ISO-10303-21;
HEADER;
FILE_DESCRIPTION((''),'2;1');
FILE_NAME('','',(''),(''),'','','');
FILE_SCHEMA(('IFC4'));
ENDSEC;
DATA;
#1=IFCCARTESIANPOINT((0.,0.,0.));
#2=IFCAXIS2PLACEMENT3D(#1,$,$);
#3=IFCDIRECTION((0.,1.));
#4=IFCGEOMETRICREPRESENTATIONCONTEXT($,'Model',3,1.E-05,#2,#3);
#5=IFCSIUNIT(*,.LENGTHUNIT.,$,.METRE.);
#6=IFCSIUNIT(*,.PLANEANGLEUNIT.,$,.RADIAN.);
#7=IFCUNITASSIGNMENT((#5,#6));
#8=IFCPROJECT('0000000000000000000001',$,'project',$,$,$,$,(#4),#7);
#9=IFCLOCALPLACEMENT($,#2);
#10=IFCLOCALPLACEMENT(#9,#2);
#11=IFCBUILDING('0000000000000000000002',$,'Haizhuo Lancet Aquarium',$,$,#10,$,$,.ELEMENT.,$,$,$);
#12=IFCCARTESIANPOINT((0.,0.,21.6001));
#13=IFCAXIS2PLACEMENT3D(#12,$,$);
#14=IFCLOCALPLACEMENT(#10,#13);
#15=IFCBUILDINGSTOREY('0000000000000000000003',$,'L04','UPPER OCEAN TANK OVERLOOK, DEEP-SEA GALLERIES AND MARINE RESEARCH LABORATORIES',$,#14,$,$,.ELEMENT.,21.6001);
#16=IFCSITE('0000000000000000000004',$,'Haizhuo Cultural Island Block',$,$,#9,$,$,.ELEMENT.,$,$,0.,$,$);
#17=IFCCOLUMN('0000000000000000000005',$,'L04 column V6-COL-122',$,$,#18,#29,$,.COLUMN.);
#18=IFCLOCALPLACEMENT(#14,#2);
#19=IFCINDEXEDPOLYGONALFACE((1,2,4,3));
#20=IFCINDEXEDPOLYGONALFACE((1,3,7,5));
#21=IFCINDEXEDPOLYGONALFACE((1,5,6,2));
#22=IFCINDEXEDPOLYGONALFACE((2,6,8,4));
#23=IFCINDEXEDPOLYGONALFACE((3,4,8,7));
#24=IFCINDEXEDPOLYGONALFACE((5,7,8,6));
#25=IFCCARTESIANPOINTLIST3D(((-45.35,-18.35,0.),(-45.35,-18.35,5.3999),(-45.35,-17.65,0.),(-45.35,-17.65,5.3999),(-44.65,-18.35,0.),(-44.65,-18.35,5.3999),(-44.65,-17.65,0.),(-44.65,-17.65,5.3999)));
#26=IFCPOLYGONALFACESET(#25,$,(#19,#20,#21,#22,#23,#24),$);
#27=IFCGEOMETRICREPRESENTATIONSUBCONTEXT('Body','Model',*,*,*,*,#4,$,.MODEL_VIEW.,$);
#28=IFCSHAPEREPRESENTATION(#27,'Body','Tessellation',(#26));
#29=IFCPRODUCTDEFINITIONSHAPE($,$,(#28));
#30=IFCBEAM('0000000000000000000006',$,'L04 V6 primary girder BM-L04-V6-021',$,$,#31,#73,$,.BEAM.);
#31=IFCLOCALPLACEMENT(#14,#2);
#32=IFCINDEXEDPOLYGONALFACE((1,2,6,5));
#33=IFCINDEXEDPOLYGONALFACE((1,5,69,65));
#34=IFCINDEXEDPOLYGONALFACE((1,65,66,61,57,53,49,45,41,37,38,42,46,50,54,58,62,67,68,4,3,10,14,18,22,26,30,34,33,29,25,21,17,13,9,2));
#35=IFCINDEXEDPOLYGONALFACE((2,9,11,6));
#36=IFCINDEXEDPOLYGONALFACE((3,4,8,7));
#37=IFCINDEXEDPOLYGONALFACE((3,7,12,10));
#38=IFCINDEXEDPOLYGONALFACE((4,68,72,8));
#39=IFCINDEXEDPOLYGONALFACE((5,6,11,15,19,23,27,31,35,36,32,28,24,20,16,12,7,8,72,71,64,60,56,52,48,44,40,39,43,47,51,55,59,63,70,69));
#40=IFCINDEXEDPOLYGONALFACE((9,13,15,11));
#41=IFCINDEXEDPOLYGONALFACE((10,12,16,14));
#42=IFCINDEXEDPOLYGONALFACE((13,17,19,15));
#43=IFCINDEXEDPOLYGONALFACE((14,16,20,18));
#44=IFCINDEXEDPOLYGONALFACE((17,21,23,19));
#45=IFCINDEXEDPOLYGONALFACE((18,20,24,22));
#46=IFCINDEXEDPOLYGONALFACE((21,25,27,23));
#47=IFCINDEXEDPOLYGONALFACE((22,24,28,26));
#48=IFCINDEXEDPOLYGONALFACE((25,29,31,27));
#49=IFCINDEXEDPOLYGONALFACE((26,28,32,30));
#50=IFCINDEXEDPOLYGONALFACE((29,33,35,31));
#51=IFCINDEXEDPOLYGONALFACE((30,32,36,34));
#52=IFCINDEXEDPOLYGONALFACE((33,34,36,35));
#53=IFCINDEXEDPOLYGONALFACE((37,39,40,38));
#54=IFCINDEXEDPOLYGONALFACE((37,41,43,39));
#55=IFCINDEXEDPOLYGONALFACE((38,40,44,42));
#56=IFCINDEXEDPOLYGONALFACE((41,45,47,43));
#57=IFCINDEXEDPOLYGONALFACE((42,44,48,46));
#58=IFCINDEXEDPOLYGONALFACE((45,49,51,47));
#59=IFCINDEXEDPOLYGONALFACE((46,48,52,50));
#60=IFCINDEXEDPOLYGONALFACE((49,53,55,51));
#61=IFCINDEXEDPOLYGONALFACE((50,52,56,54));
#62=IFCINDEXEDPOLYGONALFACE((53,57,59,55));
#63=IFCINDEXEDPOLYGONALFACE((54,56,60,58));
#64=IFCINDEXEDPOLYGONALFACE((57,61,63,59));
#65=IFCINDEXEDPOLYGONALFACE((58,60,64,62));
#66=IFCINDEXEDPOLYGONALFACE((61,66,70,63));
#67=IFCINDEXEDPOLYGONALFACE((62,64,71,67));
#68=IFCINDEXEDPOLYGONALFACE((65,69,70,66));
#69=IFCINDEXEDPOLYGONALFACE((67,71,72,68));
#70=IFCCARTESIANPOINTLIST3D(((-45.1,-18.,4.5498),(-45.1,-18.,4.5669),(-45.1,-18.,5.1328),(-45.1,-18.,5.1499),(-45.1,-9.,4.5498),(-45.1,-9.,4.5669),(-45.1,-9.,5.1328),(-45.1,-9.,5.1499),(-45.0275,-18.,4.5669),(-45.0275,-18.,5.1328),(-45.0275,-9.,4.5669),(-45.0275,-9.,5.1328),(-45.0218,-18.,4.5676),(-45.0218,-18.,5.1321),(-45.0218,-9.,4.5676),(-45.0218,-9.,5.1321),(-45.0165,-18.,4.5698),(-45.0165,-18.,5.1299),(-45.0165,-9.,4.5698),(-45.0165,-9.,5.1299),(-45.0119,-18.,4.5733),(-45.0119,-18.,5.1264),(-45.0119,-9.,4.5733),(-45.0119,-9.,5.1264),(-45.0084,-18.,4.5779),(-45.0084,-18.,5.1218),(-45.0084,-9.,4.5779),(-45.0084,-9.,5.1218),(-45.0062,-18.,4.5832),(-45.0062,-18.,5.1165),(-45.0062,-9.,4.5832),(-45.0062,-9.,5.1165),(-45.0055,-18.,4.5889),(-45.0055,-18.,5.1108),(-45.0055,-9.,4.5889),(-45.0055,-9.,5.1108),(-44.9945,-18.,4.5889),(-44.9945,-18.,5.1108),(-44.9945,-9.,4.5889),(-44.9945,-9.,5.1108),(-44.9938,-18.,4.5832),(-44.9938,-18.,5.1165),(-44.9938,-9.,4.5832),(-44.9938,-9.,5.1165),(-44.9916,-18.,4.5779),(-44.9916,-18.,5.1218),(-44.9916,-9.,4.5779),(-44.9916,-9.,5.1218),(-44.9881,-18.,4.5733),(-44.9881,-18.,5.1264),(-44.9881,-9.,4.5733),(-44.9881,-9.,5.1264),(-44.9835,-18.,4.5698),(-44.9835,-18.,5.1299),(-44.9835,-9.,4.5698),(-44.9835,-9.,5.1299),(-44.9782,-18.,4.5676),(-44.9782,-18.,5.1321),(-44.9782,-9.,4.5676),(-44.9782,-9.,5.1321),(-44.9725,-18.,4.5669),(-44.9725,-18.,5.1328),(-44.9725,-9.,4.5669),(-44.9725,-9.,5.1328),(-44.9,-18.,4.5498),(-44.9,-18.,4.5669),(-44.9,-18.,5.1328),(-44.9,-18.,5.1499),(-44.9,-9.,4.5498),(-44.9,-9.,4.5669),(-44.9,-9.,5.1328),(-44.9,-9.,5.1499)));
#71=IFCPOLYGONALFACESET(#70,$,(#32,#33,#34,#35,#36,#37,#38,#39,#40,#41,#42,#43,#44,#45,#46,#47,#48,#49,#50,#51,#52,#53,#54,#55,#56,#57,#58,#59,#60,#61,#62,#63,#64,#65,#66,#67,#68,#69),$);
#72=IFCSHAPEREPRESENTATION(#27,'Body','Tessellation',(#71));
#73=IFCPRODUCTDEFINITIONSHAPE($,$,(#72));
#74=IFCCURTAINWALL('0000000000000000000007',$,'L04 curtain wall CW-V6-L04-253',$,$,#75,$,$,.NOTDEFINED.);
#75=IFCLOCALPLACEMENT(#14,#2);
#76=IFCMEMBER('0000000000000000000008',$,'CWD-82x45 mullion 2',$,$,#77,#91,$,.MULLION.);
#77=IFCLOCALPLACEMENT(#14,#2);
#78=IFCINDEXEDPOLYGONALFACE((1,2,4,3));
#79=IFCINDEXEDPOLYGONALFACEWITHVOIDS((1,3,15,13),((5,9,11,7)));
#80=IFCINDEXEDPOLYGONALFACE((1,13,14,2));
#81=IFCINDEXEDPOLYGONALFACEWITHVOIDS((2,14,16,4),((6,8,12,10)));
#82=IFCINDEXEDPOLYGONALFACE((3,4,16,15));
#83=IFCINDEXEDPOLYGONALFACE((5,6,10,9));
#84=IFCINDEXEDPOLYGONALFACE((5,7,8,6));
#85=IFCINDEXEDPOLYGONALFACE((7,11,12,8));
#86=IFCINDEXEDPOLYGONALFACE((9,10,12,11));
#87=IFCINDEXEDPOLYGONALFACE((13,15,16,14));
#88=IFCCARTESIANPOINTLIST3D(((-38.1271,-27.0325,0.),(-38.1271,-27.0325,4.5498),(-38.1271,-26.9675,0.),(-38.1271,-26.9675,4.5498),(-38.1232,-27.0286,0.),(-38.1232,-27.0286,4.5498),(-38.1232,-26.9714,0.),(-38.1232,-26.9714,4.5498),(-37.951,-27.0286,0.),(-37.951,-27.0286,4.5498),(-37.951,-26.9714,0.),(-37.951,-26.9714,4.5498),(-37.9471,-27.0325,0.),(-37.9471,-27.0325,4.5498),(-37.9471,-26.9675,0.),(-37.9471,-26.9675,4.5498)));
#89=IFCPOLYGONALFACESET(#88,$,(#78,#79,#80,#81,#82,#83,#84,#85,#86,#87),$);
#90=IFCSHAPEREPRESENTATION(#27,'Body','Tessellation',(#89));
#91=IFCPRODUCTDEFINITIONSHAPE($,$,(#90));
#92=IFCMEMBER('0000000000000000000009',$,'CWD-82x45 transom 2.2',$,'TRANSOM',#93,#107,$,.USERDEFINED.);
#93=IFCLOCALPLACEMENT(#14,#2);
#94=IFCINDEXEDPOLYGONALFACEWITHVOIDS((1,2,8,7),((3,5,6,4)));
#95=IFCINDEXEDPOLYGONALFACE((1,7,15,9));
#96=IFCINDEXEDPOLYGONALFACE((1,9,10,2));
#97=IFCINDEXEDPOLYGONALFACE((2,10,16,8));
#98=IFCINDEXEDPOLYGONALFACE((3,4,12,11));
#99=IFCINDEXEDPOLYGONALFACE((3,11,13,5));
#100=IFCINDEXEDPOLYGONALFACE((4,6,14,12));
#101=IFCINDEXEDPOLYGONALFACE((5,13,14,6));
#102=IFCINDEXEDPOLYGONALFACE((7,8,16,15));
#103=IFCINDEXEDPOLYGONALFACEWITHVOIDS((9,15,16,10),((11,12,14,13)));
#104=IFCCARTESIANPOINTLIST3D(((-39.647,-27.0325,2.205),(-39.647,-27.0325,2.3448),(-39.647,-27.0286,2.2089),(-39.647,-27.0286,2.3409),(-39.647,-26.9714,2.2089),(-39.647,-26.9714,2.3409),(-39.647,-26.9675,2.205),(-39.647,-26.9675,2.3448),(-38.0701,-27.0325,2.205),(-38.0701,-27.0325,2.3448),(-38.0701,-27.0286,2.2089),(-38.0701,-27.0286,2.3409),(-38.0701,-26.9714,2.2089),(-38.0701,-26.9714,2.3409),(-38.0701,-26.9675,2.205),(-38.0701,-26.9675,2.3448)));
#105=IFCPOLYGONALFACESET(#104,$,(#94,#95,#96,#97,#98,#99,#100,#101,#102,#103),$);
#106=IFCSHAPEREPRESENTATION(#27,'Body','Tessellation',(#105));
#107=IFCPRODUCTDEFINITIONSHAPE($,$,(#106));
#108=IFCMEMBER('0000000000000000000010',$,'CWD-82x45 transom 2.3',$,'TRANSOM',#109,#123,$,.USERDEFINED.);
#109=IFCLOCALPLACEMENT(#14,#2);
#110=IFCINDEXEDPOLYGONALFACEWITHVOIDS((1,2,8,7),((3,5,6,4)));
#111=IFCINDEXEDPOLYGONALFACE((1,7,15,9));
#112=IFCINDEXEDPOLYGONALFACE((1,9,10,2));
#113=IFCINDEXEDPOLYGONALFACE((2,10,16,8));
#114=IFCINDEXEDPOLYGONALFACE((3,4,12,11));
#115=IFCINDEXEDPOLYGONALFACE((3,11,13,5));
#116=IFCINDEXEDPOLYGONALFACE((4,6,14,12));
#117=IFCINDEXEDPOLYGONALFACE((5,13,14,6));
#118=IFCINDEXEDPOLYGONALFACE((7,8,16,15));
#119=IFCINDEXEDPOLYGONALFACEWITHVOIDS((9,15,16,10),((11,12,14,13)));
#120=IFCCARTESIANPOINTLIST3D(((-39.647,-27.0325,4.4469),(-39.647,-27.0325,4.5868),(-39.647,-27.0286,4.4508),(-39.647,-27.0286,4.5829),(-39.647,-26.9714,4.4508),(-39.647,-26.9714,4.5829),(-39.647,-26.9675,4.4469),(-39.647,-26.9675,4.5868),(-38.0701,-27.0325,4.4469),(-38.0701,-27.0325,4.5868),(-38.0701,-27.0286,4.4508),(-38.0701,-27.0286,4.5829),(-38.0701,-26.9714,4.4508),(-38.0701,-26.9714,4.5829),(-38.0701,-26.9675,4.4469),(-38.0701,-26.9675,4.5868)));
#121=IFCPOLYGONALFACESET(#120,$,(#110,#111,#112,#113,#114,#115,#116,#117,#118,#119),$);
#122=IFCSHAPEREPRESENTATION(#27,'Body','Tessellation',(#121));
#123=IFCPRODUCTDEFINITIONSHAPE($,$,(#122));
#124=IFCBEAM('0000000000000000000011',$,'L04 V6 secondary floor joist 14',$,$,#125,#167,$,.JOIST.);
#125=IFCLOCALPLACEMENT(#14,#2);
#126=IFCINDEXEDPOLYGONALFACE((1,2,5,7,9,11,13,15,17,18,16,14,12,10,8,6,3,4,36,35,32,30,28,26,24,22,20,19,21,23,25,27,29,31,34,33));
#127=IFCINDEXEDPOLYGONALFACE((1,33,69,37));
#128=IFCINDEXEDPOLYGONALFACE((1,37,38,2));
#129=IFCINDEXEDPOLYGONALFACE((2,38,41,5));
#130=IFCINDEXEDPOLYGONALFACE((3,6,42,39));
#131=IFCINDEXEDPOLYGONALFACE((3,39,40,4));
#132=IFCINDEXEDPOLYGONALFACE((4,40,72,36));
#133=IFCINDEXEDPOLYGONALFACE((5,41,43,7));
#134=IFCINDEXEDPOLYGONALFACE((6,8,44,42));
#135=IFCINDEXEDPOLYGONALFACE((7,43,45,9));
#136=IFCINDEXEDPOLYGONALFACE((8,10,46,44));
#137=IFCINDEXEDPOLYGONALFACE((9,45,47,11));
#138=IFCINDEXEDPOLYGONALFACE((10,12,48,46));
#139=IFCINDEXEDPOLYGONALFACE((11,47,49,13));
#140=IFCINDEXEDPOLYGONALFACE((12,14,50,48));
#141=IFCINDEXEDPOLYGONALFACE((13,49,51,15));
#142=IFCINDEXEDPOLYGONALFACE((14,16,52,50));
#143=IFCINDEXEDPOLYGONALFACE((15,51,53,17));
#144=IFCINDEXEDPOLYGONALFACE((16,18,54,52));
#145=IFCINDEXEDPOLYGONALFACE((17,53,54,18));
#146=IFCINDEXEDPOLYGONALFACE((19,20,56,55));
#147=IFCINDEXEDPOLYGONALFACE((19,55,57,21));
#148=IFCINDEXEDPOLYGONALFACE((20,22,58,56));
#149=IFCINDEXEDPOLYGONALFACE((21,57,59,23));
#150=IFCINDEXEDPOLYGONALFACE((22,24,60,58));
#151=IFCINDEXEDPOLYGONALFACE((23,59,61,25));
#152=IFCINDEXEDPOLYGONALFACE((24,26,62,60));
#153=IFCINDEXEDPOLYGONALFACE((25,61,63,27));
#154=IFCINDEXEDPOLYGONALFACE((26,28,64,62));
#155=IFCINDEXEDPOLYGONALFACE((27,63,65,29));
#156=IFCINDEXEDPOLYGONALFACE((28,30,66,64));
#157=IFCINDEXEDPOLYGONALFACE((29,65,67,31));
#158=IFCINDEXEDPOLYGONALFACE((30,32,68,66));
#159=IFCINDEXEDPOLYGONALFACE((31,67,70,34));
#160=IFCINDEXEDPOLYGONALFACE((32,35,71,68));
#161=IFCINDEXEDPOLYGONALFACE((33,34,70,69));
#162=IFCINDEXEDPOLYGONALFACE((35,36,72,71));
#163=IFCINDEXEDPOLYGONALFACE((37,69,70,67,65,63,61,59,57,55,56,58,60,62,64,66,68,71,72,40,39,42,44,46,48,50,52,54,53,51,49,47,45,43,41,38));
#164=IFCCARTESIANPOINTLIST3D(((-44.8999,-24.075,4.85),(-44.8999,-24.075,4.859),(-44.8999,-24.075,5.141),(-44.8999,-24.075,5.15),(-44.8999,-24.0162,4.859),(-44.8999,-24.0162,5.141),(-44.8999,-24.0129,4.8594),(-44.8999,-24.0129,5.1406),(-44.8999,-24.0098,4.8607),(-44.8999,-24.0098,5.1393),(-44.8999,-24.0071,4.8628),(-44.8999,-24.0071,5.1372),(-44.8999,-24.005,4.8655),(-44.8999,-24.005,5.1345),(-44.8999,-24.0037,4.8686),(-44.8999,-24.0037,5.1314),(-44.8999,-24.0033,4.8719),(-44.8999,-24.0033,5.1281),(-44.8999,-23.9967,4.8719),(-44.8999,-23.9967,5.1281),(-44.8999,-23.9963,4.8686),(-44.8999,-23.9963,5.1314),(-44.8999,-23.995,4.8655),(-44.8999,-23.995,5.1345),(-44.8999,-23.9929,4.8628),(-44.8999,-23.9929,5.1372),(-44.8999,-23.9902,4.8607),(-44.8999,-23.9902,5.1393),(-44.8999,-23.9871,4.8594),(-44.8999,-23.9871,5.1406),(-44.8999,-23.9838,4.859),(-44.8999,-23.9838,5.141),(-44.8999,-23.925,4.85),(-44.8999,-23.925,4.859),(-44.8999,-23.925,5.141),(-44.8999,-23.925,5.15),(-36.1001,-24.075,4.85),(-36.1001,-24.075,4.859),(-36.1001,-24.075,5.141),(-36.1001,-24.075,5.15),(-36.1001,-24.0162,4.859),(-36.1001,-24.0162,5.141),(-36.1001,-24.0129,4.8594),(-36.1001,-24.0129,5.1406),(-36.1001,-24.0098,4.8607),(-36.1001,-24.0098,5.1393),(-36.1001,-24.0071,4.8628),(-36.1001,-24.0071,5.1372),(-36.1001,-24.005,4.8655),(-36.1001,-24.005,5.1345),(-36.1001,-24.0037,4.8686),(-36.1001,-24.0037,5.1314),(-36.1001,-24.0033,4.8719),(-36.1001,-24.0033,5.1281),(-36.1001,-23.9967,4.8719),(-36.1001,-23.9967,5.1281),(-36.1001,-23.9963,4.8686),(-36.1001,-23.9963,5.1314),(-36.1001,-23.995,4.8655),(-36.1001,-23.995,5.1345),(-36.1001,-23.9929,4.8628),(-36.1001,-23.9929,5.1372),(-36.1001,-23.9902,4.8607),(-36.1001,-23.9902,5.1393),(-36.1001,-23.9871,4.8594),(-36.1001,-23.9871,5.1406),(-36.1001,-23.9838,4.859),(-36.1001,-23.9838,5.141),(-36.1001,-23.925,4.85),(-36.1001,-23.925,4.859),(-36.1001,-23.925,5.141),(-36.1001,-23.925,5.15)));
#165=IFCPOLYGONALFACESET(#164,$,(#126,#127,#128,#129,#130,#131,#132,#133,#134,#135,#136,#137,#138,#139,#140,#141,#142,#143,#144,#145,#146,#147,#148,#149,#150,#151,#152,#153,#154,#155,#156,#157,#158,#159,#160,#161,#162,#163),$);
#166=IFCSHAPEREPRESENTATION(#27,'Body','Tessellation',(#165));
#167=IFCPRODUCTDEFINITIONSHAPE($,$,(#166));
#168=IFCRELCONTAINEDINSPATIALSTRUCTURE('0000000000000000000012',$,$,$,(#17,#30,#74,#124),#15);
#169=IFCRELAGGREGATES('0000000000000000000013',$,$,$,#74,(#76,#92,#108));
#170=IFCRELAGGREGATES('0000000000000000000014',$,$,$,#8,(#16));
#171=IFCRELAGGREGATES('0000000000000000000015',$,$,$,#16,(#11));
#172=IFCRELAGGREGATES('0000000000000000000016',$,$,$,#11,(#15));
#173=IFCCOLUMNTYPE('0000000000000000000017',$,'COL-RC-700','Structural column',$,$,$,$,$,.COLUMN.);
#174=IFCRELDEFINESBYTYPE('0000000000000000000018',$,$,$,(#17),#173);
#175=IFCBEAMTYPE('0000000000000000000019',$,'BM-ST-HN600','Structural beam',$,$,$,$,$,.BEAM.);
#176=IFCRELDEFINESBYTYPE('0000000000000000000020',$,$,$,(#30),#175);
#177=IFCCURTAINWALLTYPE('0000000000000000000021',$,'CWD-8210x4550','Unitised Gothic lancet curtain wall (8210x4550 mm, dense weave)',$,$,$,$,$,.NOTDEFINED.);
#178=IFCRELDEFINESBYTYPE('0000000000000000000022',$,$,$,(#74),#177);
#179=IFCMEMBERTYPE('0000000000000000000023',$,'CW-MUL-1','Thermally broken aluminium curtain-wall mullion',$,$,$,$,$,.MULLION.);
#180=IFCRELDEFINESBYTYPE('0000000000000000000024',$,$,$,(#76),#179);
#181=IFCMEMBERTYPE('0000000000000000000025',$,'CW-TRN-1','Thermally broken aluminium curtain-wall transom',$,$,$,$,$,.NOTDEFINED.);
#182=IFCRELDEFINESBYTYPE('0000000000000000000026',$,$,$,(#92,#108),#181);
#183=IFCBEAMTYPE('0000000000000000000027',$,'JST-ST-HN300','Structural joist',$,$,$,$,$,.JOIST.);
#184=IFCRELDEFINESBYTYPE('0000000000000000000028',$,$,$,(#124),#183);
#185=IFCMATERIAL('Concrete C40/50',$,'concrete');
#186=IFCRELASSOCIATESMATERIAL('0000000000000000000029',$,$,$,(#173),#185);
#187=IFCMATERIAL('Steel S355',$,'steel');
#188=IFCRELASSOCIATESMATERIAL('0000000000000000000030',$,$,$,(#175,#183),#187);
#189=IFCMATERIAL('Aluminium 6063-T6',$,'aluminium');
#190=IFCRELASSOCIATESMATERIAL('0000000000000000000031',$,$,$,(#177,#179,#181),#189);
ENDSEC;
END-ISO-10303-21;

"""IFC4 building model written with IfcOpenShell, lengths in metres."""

from ifc_helpers import new_model, si_unit, direction, frame, origin, origin_2d, place, context, subcontext, project, spatial, rectangle, hollow_rectangle, i_section, extrude, material, material_profile, profile_set, type_object, element, aggregate, save


model = new_model("IFC4")

# Units and contexts
model_context = context("Model", 3, precision=1e-05, world=origin(), true_north=direction((0.0, 1.0)))
body_context = subcontext(model_context, "Body", "Model", "MODEL_VIEW")
ifc_project = project(units=[si_unit("LENGTHUNIT", "METRE"), si_unit("PLANEANGLEUNIT", "RADIAN")], contexts=[model_context])

# Site, building, storey
site_placement = place(None, origin())
site = spatial("IfcSite", under=ifc_project, at=site_placement, Name="Haizhuo Cultural Island Block", CompositionType="ELEMENT", RefElevation=0.0)
building_placement = place(site_placement, origin())
building = spatial("IfcBuilding", under=site, at=building_placement, Name="Haizhuo Lancet Aquarium", CompositionType="ELEMENT")
storey_placement = place(building_placement, frame((0.0, 0.0, 21.6001)))
storey = spatial("IfcBuildingStorey", under=building, at=storey_placement, Name="L04", Description="UPPER OCEAN TANK OVERLOOK, DEEP-SEA GALLERIES AND MARINE RESEARCH LABORATORIES", CompositionType="ELEMENT", Elevation=21.6001)

# Column
ifc_material_1 = material(Name="Concrete C40/50", Category="concrete")
ifc_material_profile_1 = material_profile(ifc_material_1, rectangle(XDim=0.7, YDim=0.7, at=origin_2d()), Name="RC-COL 700x700")
ifc_profile_set_1 = profile_set([ifc_material_profile_1], Name="Concrete C40/50")
column_type = type_object("IfcColumnType", Name="COL-RC-700", Description="Structural column", PredefinedType="COLUMN", material=ifc_profile_set_1)
column_placement = place(storey_placement, frame((-45.0, -18.0, 0.0), z_axis=(0.0, 0.0, 1.0), x_axis=(1.0, 0.0, 0.0)))
element("IfcColumn", 1, at=column_placement, inside=storey, type_object=column_type, Name="L04 column V6-COL-122", PredefinedType="COLUMN", context=body_context, shape_type="SweptSolid", body=[
    extrude(rectangle(XDim=0.7, YDim=0.7, at=origin_2d()), origin(), (0.0, 0.0, 1.0), 5.3999),
])

# Beam
ifc_material_2 = material(Name="Steel S355", Category="steel")
ifc_material_profile_2 = material_profile(ifc_material_2, i_section(OverallWidth=0.2, OverallDepth=0.6001, WebThickness=0.011, FlangeThickness=0.0171, FilletRadius=0.022, at=origin_2d()), Name="HN 600x200x11x17")
ifc_profile_set_2 = profile_set([ifc_material_profile_2], Name="Steel S355")
beam_type_1 = type_object("IfcBeamType", Name="BM-ST-HN600", Description="Structural beam", PredefinedType="BEAM", material=ifc_profile_set_2)
beam_1_placement = place(storey_placement, frame((-45.0, -18.0, 4.8499), z_axis=(0.0, 1.0, 0.0), x_axis=(-1.0, 0.0, 0.0)))
element("IfcBeam", 2, at=beam_1_placement, inside=storey, type_object=beam_type_1, Name="L04 V6 primary girder BM-L04-V6-021", PredefinedType="BEAM", context=body_context, shape_type="SweptSolid", body=[
    extrude(i_section(OverallWidth=0.2, OverallDepth=0.6001, WebThickness=0.011, FlangeThickness=0.0171, FilletRadius=0.022, at=origin_2d()), origin(), (0.0, 0.0, 1.0), 9.0),
])

# Curtain wall, members
ifc_material_3 = material(Name="Aluminium 6063-T6", Category="aluminium")
curtain_wall_type = type_object("IfcCurtainWallType", Name="CWD-8210x4550", Description="Unitised Gothic lancet curtain wall (8210x4550 mm, dense weave)", PredefinedType="NOTDEFINED", material=ifc_material_3)
curtain_wall_placement = place(storey_placement, origin())
curtain_wall = element("IfcCurtainWall", 3, at=curtain_wall_placement, inside=storey, type_object=curtain_wall_type, Name="L04 curtain wall CW-V6-L04-253", PredefinedType="NOTDEFINED")
ifc_material_profile_3 = material_profile(ifc_material_3, hollow_rectangle(XDim=0.0649, YDim=0.1799, WallThickness=0.0039, at=origin_2d()), Name="ALU-M 65x180x4")
ifc_profile_set_3 = profile_set([ifc_material_profile_3], Name="Aluminium 6063-T6")
member_type_1 = type_object("IfcMemberType", Name="CW-MUL-1", Description="Thermally broken aluminium curtain-wall mullion", PredefinedType="MULLION", material=ifc_profile_set_3)
member_1_placement = place(storey_placement, frame((-38.0371, -27.0, 0.0), z_axis=(0.0, 0.0, 1.0), x_axis=(0.0, -1.0, 0.0)))
member_1 = element("IfcMember", 4, at=member_1_placement, type_object=member_type_1, Name="CWD-82x45 mullion 2", PredefinedType="MULLION", context=body_context, shape_type="SweptSolid", body=[
    extrude(hollow_rectangle(XDim=0.0649, YDim=0.1799, WallThickness=0.0039, at=origin_2d()), origin(), (0.0, 0.0, 1.0), 4.5498),
])
ifc_material_profile_4 = material_profile(ifc_material_3, hollow_rectangle(XDim=0.0649, YDim=0.1399, WallThickness=0.0039, at=origin_2d()), Name="ALU-T 65x140x4")
ifc_profile_set_4 = profile_set([ifc_material_profile_4], Name="Aluminium 6063-T6")
member_type_2 = type_object("IfcMemberType", Name="CW-TRN-1", Description="Thermally broken aluminium curtain-wall transom", PredefinedType="NOTDEFINED", material=ifc_profile_set_4)
member_2_placement = place(storey_placement, frame((-38.0701, -27.0, 2.2749), z_axis=(-1.0, 0.0, 0.0), x_axis=(0.0, -1.0, 0.0)))
member_2 = element("IfcMember", 5, at=member_2_placement, type_object=member_type_2, Name="CWD-82x45 transom 2.2", ObjectType="TRANSOM", PredefinedType="USERDEFINED", context=body_context, shape_type="SweptSolid", body=[
    extrude(hollow_rectangle(XDim=0.0649, YDim=0.1399, WallThickness=0.0039, at=origin_2d()), origin(), (0.0, 0.0, 1.0), 1.5769),
])
member_3_placement = place(storey_placement, frame((-38.0701, -27.0, 4.5168), z_axis=(-1.0, 0.0, 0.0), x_axis=(0.0, -1.0, 0.0)))
member_3 = element("IfcMember", 6, at=member_3_placement, type_object=member_type_2, Name="CWD-82x45 transom 2.3", ObjectType="TRANSOM", PredefinedType="USERDEFINED", context=body_context, shape_type="SweptSolid", body=[
    extrude(hollow_rectangle(XDim=0.0649, YDim=0.1399, WallThickness=0.0039, at=origin_2d()), origin(), (0.0, 0.0, 1.0), 1.5769),
])
aggregate(curtain_wall, [member_1, member_2, member_3])

# Beam
ifc_material_profile_5 = material_profile(ifc_material_2, i_section(OverallWidth=0.1499, OverallDepth=0.3, WebThickness=0.0066, FlangeThickness=0.009, FilletRadius=0.0129, at=origin_2d()), Name="HN 300x150x6.5x9")
ifc_profile_set_5 = profile_set([ifc_material_profile_5], Name="Steel S355")
beam_type_2 = type_object("IfcBeamType", Name="JST-ST-HN300", Description="Structural joist", PredefinedType="JOIST", material=ifc_profile_set_5)
beam_2_placement = place(storey_placement, frame((-44.8999, -24.0, 5.0), z_axis=(1.0, 0.0, 0.0), x_axis=(0.0, 1.0, 0.0)))
element("IfcBeam", 7, at=beam_2_placement, inside=storey, type_object=beam_type_2, Name="L04 V6 secondary floor joist 14", PredefinedType="JOIST", context=body_context, shape_type="SweptSolid", body=[
    extrude(i_section(OverallWidth=0.1499, OverallDepth=0.3, WebThickness=0.0066, FlangeThickness=0.009, FilletRadius=0.0129, at=origin_2d()), origin(), (0.0, 0.0, 1.0), 8.7998),
])

save(model, "model.ifc")
